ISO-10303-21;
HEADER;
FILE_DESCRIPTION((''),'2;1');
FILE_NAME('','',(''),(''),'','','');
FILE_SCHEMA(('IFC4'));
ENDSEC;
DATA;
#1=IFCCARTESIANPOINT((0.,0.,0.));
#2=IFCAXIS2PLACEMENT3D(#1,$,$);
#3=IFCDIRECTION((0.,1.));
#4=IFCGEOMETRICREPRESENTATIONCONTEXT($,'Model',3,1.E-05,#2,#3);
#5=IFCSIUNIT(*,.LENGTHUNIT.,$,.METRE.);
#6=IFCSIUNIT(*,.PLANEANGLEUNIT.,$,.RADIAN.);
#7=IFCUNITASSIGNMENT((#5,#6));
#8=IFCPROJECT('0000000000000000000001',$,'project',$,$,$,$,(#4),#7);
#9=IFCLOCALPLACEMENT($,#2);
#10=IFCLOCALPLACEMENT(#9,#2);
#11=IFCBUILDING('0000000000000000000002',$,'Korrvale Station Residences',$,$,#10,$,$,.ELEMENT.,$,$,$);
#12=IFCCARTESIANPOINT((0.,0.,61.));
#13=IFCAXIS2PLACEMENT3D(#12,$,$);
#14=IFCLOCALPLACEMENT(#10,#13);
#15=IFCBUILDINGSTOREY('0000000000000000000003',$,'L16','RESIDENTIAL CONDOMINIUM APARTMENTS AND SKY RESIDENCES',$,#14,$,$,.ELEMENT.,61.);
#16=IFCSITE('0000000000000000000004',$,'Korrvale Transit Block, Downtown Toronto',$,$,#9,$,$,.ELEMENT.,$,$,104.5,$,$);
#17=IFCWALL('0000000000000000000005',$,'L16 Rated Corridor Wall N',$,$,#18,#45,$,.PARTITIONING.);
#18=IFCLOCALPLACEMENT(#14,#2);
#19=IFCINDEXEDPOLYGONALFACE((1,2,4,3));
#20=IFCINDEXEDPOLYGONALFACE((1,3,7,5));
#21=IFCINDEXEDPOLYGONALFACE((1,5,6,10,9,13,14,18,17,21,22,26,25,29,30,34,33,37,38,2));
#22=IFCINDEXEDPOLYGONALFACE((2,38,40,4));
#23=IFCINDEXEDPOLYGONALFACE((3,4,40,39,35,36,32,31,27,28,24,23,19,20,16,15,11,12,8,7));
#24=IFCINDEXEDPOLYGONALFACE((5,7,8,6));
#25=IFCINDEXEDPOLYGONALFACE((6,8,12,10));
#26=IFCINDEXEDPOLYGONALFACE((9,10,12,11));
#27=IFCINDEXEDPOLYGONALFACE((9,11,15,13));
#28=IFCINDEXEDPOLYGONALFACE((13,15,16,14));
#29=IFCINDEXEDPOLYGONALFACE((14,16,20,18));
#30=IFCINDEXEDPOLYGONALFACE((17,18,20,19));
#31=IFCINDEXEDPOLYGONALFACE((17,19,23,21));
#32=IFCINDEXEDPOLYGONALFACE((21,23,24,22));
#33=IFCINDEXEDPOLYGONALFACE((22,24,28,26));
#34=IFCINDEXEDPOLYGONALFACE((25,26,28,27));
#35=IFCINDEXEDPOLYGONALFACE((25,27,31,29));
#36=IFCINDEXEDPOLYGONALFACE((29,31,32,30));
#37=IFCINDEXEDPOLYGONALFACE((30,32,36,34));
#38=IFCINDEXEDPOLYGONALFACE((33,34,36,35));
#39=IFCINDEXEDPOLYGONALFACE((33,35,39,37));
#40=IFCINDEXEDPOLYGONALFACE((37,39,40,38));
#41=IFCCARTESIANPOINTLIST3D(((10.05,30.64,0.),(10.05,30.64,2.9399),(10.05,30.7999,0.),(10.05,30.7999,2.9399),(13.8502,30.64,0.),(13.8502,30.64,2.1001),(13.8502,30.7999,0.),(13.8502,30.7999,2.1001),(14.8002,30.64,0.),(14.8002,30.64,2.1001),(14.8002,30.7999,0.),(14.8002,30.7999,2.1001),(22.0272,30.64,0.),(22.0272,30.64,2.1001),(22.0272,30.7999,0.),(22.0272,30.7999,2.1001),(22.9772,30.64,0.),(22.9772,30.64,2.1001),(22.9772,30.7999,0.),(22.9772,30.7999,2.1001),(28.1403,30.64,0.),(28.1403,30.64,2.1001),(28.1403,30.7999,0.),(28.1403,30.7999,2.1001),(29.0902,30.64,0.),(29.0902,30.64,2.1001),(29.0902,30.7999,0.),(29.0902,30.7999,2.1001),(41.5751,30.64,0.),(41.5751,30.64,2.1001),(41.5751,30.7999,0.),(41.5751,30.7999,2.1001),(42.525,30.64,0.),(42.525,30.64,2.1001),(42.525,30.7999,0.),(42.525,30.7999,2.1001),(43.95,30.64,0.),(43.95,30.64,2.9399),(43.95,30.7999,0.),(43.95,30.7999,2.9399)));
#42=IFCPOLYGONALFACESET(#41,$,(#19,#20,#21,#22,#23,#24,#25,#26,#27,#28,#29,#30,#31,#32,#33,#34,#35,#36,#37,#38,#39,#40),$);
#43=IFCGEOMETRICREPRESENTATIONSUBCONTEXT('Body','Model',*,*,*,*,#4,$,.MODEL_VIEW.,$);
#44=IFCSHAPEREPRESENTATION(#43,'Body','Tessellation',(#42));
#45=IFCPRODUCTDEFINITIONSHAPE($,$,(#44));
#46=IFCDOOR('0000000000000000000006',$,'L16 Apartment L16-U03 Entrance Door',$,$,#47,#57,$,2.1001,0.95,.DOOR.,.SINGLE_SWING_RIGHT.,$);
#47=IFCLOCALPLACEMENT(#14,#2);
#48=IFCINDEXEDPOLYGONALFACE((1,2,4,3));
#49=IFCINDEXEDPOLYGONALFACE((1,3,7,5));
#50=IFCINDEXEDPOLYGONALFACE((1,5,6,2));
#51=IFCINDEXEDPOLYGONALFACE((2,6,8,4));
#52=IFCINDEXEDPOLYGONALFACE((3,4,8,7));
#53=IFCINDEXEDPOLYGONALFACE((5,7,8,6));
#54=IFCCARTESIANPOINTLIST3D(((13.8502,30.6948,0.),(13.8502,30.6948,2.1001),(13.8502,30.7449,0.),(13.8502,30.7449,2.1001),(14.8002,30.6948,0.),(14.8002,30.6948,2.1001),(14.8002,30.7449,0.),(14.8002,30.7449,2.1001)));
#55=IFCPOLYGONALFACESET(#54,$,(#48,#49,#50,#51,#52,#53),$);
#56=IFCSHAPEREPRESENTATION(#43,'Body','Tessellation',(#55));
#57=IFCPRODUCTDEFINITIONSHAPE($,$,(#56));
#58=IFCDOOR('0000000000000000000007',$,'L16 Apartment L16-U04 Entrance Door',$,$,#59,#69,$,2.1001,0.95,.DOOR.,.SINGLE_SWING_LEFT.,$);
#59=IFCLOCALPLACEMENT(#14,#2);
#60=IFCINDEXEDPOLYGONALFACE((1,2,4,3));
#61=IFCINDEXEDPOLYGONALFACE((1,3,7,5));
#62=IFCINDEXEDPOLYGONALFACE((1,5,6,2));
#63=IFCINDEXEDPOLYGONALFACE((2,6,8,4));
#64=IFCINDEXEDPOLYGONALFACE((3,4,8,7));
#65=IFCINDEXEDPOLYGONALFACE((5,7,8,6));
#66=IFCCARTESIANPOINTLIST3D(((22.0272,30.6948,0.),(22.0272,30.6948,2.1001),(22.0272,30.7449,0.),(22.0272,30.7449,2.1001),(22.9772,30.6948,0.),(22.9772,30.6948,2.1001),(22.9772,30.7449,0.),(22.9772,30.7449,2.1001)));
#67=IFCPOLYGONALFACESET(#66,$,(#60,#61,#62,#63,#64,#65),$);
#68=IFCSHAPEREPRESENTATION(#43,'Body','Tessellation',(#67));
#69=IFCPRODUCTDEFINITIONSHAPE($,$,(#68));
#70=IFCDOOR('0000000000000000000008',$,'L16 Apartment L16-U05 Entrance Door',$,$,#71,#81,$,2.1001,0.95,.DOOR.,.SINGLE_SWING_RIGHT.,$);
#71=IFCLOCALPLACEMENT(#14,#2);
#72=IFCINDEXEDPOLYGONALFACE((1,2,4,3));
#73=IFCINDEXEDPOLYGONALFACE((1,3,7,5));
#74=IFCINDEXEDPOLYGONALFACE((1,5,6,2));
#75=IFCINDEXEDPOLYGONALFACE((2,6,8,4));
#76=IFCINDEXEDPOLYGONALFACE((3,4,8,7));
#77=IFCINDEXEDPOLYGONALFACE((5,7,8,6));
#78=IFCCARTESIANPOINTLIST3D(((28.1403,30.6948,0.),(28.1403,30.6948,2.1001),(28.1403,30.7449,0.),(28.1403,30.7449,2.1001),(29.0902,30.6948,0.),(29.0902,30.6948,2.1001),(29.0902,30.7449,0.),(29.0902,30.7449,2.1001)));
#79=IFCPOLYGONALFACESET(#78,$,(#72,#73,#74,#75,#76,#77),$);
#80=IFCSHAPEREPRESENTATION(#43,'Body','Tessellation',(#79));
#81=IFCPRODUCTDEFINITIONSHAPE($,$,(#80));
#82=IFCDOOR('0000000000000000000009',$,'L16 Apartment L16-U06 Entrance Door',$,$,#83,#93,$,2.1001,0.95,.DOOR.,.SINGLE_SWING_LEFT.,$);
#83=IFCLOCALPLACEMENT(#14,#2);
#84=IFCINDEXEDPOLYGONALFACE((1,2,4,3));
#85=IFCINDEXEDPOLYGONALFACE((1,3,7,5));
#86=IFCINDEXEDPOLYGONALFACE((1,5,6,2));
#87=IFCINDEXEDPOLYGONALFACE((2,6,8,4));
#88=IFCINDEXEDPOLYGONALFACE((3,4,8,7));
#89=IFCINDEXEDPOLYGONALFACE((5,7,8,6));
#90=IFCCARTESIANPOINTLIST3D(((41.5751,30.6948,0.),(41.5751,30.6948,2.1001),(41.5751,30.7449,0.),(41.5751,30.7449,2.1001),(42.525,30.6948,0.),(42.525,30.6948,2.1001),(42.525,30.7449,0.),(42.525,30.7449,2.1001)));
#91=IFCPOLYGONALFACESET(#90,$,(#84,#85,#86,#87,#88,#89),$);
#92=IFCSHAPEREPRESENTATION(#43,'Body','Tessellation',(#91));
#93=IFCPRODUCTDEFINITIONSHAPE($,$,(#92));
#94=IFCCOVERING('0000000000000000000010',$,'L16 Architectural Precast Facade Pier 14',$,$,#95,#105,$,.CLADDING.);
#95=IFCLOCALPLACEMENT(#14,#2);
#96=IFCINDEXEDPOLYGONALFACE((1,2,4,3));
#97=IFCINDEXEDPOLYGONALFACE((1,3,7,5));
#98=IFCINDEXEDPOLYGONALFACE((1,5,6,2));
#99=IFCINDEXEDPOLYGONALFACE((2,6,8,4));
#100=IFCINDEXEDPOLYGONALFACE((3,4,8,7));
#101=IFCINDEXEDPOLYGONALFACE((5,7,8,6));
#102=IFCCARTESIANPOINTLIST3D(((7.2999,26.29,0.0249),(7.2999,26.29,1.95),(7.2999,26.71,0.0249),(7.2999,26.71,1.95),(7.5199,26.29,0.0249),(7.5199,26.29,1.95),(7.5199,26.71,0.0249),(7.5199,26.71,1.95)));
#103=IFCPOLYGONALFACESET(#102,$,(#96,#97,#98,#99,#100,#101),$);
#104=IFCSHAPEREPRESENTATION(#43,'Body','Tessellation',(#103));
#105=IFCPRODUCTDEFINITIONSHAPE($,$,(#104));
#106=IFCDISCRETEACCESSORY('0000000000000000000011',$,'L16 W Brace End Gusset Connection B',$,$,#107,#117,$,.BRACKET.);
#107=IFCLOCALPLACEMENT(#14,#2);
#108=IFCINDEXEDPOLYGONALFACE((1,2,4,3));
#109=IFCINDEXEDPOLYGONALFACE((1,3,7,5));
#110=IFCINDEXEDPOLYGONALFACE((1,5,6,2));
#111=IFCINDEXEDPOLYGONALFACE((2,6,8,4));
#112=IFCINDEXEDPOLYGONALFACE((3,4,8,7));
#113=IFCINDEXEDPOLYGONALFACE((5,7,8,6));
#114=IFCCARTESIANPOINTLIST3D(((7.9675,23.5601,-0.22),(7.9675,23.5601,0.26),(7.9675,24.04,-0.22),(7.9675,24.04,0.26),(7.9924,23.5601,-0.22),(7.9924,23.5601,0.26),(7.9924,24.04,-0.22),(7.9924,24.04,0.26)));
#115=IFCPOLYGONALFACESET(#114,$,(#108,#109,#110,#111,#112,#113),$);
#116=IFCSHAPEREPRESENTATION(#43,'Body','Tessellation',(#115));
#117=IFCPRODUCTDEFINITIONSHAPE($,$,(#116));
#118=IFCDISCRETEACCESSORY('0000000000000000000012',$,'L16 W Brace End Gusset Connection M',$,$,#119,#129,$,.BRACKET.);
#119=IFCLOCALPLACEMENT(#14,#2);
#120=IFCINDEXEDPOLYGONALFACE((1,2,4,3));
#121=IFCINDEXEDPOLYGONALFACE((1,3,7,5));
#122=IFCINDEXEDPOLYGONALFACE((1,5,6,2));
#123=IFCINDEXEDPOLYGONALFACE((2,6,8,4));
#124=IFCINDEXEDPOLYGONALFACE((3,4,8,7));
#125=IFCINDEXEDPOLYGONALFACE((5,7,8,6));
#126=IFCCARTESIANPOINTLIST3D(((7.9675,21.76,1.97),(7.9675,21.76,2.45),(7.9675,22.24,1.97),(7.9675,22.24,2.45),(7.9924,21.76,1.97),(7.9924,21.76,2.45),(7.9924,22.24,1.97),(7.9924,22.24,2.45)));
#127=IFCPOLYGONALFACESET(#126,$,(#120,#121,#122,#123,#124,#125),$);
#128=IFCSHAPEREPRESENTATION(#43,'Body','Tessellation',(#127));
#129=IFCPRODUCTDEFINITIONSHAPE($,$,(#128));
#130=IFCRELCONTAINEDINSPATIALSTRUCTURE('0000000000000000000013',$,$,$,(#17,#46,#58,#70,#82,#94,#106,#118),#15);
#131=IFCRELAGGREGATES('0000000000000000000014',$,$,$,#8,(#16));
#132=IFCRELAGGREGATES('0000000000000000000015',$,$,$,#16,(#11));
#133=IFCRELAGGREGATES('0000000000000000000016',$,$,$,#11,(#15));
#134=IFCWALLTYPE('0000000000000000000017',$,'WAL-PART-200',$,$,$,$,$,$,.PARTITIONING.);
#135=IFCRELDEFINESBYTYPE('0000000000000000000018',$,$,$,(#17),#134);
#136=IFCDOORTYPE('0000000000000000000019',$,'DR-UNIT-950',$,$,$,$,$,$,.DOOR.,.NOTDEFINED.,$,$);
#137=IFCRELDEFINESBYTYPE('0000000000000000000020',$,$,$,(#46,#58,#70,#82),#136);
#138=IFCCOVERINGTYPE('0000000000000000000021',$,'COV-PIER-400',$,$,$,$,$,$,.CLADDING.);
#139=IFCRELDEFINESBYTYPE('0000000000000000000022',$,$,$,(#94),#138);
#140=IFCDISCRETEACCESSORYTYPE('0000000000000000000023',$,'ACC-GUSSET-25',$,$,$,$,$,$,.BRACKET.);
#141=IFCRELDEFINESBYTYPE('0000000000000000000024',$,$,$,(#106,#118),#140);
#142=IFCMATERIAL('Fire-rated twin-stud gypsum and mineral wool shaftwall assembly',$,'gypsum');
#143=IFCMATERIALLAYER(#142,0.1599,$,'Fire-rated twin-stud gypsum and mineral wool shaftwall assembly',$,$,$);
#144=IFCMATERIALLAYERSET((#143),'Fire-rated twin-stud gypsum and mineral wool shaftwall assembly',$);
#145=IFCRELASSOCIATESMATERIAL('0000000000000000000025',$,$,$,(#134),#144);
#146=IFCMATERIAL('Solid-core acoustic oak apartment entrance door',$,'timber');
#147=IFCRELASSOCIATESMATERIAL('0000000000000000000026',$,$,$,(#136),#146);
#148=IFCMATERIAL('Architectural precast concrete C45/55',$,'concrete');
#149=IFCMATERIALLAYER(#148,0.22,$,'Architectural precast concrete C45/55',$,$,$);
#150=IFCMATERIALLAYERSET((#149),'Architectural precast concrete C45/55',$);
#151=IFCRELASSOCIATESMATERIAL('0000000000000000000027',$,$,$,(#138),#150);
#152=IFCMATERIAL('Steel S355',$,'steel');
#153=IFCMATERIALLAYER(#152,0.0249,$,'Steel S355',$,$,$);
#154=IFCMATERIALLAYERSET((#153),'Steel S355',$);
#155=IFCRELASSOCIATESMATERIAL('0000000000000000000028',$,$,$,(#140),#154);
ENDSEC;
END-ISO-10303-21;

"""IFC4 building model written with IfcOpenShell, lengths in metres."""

from ifc_helpers import new_model, si_unit, direction, frame, frame_2d, origin, origin_2d, place, context, subcontext, project, spatial, rectangle, extrude, material, layer, layer_set, type_object, element, fill, save


model = new_model("IFC4")

# Units and contexts
model_context = context("Model", 3, precision=1e-05, world=origin(), true_north=direction((0.0, 1.0)))
body_context = subcontext(model_context, "Body", "Model", "MODEL_VIEW")
ifc_project = project(units=[si_unit("LENGTHUNIT", "METRE"), si_unit("PLANEANGLEUNIT", "RADIAN")], contexts=[model_context])

# Site, building, storey
site_placement = place(None, origin())
site = spatial("IfcSite", under=ifc_project, at=site_placement, Name="Korrvale Transit Block, Downtown Toronto", CompositionType="ELEMENT", RefElevation=104.5)
building_placement = place(site_placement, origin())
building = spatial("IfcBuilding", under=site, at=building_placement, Name="Korrvale Station Residences", CompositionType="ELEMENT")
storey_placement = place(building_placement, frame((0.0, 0.0, 61.0)))
storey = spatial("IfcBuildingStorey", under=building, at=storey_placement, Name="L16", Description="RESIDENTIAL CONDOMINIUM APARTMENTS AND SKY RESIDENCES", CompositionType="ELEMENT", Elevation=61.0)

# Shared definitions
ifc_material_1 = material(Name="Steel S355", Category="steel")

# Shared definitions
ifc_material_2 = material(Name="Fire-rated twin-stud gypsum and mineral wool shaftwall assembly", Category="gypsum")
ifc_layer_1 = layer(ifc_material_2, 0.1599, Name="Fire-rated twin-stud gypsum and mineral wool shaftwall assembly")
ifc_layer_set_1 = layer_set([ifc_layer_1], Name="Fire-rated twin-stud gypsum and mineral wool shaftwall assembly")
wall_type_1 = type_object("IfcWallType", Name="WAL-PART-200", PredefinedType="PARTITIONING", material=ifc_layer_set_1)

# Wall, openings, doors
wall_1_placement = place(storey_placement, frame((10.05, 30.72, 0.0), z_axis=(0.0, 0.0, 1.0), x_axis=(1.0, 0.0, 0.0)))
wall_1 = element("IfcWall", 1, at=wall_1_placement, inside=storey, type_object=wall_type_1, Name="L16 Rated Corridor Wall N", PredefinedType="PARTITIONING", context=body_context, shape_type="SweptSolid", body=[
    extrude(rectangle(XDim=33.8999, YDim=0.1599, at=frame_2d((16.95, 0.0))), origin(), (0.0, 0.0, 1.0), 2.9399),
])
opening_1_placement = place(wall_1_placement, frame((3.8, 0.0, 0.0)))
opening_1 = element("IfcOpeningElement", 2, at=opening_1_placement, cuts=wall_1, PredefinedType="OPENING", context=body_context, shape_type="SweptSolid", body=[
    extrude(rectangle(XDim=0.95, YDim=2.1001, at=frame_2d((0.4751, 1.05))), frame((0.0, 0.0898, 0.0), z_axis=(0.0, -1.0, 0.0), x_axis=(1.0, 0.0, 0.0)), (0.0, 0.0, 1.0), 0.1799),
])
opening_2_placement = place(wall_1_placement, frame((11.9771, 0.0, 0.0)))
opening_2 = element("IfcOpeningElement", 3, at=opening_2_placement, cuts=wall_1, PredefinedType="OPENING", context=body_context, shape_type="SweptSolid", body=[
    extrude(rectangle(XDim=0.95, YDim=2.1001, at=frame_2d((0.4751, 1.05))), frame((0.0, 0.0898, 0.0), z_axis=(0.0, -1.0, 0.0), x_axis=(1.0, 0.0, 0.0)), (0.0, 0.0, 1.0), 0.1799),
])
opening_3_placement = place(wall_1_placement, frame((18.0901, 0.0, 0.0)))
opening_3 = element("IfcOpeningElement", 4, at=opening_3_placement, cuts=wall_1, PredefinedType="OPENING", context=body_context, shape_type="SweptSolid", body=[
    extrude(rectangle(XDim=0.95, YDim=2.1001, at=frame_2d((0.4751, 1.05))), frame((0.0, 0.0898, 0.0), z_axis=(0.0, -1.0, 0.0), x_axis=(1.0, 0.0, 0.0)), (0.0, 0.0, 1.0), 0.1799),
])
opening_4_placement = place(wall_1_placement, frame((31.5249, 0.0, 0.0)))
opening_4 = element("IfcOpeningElement", 5, at=opening_4_placement, cuts=wall_1, PredefinedType="OPENING", context=body_context, shape_type="SweptSolid", body=[
    extrude(rectangle(XDim=0.95, YDim=2.1001, at=frame_2d((0.4751, 1.05))), frame((0.0, 0.0898, 0.0), z_axis=(0.0, -1.0, 0.0), x_axis=(1.0, 0.0, 0.0)), (0.0, 0.0, 1.0), 0.1799),
])
ifc_material_3 = material(Name="Solid-core acoustic oak apartment entrance door", Category="timber")
door_type_1 = type_object("IfcDoorType", Name="DR-UNIT-950", OperationType="NOTDEFINED", PredefinedType="DOOR", material=ifc_material_3)
door_1_placement = place(opening_1_placement, origin())
door_1 = element("IfcDoor", 6, at=door_1_placement, inside=storey, type_object=door_type_1, Name="L16 Apartment L16-U03 Entrance Door", OperationType="SINGLE_SWING_RIGHT", OverallHeight=2.1001, OverallWidth=0.95, PredefinedType="DOOR", context=body_context, shape_type="SweptSolid", body=[
    extrude(rectangle(XDim=0.95, YDim=2.1001, at=frame_2d((0.4751, 1.05))), frame((0.0, 0.0249, 0.0), z_axis=(0.0, -1.0, 0.0), x_axis=(1.0, 0.0, 0.0)), (0.0, 0.0, 1.0), 0.05),
])
fill(opening_1, door_1)
door_2_placement = place(opening_2_placement, origin())
door_2 = element("IfcDoor", 7, at=door_2_placement, inside=storey, type_object=door_type_1, Name="L16 Apartment L16-U04 Entrance Door", OperationType="SINGLE_SWING_LEFT", OverallHeight=2.1001, OverallWidth=0.95, PredefinedType="DOOR", context=body_context, shape_type="SweptSolid", body=[
    extrude(rectangle(XDim=0.95, YDim=2.1001, at=frame_2d((0.4751, 1.05))), frame((0.0, 0.0249, 0.0), z_axis=(0.0, -1.0, 0.0), x_axis=(1.0, 0.0, 0.0)), (0.0, 0.0, 1.0), 0.05),
])
fill(opening_2, door_2)
door_3_placement = place(opening_3_placement, origin())
door_3 = element("IfcDoor", 8, at=door_3_placement, inside=storey, type_object=door_type_1, Name="L16 Apartment L16-U05 Entrance Door", OperationType="SINGLE_SWING_RIGHT", OverallHeight=2.1001, OverallWidth=0.95, PredefinedType="DOOR", context=body_context, shape_type="SweptSolid", body=[
    extrude(rectangle(XDim=0.95, YDim=2.1001, at=frame_2d((0.4751, 1.05))), frame((0.0, 0.0249, 0.0), z_axis=(0.0, -1.0, 0.0), x_axis=(1.0, 0.0, 0.0)), (0.0, 0.0, 1.0), 0.05),
])
fill(opening_3, door_3)
door_4_placement = place(opening_4_placement, origin())
door_4 = element("IfcDoor", 9, at=door_4_placement, inside=storey, type_object=door_type_1, Name="L16 Apartment L16-U06 Entrance Door", OperationType="SINGLE_SWING_LEFT", OverallHeight=2.1001, OverallWidth=0.95, PredefinedType="DOOR", context=body_context, shape_type="SweptSolid", body=[
    extrude(rectangle(XDim=0.95, YDim=2.1001, at=frame_2d((0.4751, 1.05))), frame((0.0, 0.0249, 0.0), z_axis=(0.0, -1.0, 0.0), x_axis=(1.0, 0.0, 0.0)), (0.0, 0.0, 1.0), 0.05),
])
fill(opening_4, door_4)

# Covering
ifc_material_4 = material(Name="Architectural precast concrete C45/55", Category="concrete")
ifc_layer_2 = layer(ifc_material_4, 0.22, Name="Architectural precast concrete C45/55")
ifc_layer_set_2 = layer_set([ifc_layer_2], Name="Architectural precast concrete C45/55")
covering_type = type_object("IfcCoveringType", Name="COV-PIER-400", PredefinedType="CLADDING", material=ifc_layer_set_2)
covering_placement = place(storey_placement, frame((7.4099, 26.5, 0.0249), z_axis=(0.0, 0.0, 1.0), x_axis=(0.0, 1.0, 0.0)))
element("IfcCovering", 10, at=covering_placement, inside=storey, type_object=covering_type, Name="L16 Architectural Precast Facade Pier 14", PredefinedType="CLADDING", context=body_context, shape_type="SweptSolid", body=[
    extrude(rectangle(XDim=0.4199, YDim=0.22, at=origin_2d()), origin(), (0.0, 0.0, 1.0), 1.925),
])

# Discrete accessories
ifc_layer_3 = layer(ifc_material_1, 0.0249, Name="Steel S355")
ifc_layer_set_3 = layer_set([ifc_layer_3], Name="Steel S355")
discrete_accessory_type = type_object("IfcDiscreteAccessoryType", Name="ACC-GUSSET-25", PredefinedType="BRACKET", material=ifc_layer_set_3)
for number, where, z_axis, x_axis, name in (
    (11, (7.98, 23.8, -0.22), (0.0, 0.0, 1.0), (0.0, 1.0, 0.0), "L16 W Brace End Gusset Connection B"),
    (12, (7.98, 22.0, 1.97), (0.0, 0.0, 1.0), (0.0, 1.0, 0.0), "L16 W Brace End Gusset Connection M"),
):
    element("IfcDiscreteAccessory", number, at=place(storey_placement, frame(where, z_axis=z_axis, x_axis=x_axis)), inside=storey, type_object=discrete_accessory_type, Name=name, PredefinedType="BRACKET", context=body_context, shape_type="SweptSolid", body=[
        extrude(rectangle(XDim=0.48, YDim=0.0249, at=origin_2d()), origin(), (0.0, 0.0, 1.0), 0.48),
    ])

save(model, "model.ifc")
